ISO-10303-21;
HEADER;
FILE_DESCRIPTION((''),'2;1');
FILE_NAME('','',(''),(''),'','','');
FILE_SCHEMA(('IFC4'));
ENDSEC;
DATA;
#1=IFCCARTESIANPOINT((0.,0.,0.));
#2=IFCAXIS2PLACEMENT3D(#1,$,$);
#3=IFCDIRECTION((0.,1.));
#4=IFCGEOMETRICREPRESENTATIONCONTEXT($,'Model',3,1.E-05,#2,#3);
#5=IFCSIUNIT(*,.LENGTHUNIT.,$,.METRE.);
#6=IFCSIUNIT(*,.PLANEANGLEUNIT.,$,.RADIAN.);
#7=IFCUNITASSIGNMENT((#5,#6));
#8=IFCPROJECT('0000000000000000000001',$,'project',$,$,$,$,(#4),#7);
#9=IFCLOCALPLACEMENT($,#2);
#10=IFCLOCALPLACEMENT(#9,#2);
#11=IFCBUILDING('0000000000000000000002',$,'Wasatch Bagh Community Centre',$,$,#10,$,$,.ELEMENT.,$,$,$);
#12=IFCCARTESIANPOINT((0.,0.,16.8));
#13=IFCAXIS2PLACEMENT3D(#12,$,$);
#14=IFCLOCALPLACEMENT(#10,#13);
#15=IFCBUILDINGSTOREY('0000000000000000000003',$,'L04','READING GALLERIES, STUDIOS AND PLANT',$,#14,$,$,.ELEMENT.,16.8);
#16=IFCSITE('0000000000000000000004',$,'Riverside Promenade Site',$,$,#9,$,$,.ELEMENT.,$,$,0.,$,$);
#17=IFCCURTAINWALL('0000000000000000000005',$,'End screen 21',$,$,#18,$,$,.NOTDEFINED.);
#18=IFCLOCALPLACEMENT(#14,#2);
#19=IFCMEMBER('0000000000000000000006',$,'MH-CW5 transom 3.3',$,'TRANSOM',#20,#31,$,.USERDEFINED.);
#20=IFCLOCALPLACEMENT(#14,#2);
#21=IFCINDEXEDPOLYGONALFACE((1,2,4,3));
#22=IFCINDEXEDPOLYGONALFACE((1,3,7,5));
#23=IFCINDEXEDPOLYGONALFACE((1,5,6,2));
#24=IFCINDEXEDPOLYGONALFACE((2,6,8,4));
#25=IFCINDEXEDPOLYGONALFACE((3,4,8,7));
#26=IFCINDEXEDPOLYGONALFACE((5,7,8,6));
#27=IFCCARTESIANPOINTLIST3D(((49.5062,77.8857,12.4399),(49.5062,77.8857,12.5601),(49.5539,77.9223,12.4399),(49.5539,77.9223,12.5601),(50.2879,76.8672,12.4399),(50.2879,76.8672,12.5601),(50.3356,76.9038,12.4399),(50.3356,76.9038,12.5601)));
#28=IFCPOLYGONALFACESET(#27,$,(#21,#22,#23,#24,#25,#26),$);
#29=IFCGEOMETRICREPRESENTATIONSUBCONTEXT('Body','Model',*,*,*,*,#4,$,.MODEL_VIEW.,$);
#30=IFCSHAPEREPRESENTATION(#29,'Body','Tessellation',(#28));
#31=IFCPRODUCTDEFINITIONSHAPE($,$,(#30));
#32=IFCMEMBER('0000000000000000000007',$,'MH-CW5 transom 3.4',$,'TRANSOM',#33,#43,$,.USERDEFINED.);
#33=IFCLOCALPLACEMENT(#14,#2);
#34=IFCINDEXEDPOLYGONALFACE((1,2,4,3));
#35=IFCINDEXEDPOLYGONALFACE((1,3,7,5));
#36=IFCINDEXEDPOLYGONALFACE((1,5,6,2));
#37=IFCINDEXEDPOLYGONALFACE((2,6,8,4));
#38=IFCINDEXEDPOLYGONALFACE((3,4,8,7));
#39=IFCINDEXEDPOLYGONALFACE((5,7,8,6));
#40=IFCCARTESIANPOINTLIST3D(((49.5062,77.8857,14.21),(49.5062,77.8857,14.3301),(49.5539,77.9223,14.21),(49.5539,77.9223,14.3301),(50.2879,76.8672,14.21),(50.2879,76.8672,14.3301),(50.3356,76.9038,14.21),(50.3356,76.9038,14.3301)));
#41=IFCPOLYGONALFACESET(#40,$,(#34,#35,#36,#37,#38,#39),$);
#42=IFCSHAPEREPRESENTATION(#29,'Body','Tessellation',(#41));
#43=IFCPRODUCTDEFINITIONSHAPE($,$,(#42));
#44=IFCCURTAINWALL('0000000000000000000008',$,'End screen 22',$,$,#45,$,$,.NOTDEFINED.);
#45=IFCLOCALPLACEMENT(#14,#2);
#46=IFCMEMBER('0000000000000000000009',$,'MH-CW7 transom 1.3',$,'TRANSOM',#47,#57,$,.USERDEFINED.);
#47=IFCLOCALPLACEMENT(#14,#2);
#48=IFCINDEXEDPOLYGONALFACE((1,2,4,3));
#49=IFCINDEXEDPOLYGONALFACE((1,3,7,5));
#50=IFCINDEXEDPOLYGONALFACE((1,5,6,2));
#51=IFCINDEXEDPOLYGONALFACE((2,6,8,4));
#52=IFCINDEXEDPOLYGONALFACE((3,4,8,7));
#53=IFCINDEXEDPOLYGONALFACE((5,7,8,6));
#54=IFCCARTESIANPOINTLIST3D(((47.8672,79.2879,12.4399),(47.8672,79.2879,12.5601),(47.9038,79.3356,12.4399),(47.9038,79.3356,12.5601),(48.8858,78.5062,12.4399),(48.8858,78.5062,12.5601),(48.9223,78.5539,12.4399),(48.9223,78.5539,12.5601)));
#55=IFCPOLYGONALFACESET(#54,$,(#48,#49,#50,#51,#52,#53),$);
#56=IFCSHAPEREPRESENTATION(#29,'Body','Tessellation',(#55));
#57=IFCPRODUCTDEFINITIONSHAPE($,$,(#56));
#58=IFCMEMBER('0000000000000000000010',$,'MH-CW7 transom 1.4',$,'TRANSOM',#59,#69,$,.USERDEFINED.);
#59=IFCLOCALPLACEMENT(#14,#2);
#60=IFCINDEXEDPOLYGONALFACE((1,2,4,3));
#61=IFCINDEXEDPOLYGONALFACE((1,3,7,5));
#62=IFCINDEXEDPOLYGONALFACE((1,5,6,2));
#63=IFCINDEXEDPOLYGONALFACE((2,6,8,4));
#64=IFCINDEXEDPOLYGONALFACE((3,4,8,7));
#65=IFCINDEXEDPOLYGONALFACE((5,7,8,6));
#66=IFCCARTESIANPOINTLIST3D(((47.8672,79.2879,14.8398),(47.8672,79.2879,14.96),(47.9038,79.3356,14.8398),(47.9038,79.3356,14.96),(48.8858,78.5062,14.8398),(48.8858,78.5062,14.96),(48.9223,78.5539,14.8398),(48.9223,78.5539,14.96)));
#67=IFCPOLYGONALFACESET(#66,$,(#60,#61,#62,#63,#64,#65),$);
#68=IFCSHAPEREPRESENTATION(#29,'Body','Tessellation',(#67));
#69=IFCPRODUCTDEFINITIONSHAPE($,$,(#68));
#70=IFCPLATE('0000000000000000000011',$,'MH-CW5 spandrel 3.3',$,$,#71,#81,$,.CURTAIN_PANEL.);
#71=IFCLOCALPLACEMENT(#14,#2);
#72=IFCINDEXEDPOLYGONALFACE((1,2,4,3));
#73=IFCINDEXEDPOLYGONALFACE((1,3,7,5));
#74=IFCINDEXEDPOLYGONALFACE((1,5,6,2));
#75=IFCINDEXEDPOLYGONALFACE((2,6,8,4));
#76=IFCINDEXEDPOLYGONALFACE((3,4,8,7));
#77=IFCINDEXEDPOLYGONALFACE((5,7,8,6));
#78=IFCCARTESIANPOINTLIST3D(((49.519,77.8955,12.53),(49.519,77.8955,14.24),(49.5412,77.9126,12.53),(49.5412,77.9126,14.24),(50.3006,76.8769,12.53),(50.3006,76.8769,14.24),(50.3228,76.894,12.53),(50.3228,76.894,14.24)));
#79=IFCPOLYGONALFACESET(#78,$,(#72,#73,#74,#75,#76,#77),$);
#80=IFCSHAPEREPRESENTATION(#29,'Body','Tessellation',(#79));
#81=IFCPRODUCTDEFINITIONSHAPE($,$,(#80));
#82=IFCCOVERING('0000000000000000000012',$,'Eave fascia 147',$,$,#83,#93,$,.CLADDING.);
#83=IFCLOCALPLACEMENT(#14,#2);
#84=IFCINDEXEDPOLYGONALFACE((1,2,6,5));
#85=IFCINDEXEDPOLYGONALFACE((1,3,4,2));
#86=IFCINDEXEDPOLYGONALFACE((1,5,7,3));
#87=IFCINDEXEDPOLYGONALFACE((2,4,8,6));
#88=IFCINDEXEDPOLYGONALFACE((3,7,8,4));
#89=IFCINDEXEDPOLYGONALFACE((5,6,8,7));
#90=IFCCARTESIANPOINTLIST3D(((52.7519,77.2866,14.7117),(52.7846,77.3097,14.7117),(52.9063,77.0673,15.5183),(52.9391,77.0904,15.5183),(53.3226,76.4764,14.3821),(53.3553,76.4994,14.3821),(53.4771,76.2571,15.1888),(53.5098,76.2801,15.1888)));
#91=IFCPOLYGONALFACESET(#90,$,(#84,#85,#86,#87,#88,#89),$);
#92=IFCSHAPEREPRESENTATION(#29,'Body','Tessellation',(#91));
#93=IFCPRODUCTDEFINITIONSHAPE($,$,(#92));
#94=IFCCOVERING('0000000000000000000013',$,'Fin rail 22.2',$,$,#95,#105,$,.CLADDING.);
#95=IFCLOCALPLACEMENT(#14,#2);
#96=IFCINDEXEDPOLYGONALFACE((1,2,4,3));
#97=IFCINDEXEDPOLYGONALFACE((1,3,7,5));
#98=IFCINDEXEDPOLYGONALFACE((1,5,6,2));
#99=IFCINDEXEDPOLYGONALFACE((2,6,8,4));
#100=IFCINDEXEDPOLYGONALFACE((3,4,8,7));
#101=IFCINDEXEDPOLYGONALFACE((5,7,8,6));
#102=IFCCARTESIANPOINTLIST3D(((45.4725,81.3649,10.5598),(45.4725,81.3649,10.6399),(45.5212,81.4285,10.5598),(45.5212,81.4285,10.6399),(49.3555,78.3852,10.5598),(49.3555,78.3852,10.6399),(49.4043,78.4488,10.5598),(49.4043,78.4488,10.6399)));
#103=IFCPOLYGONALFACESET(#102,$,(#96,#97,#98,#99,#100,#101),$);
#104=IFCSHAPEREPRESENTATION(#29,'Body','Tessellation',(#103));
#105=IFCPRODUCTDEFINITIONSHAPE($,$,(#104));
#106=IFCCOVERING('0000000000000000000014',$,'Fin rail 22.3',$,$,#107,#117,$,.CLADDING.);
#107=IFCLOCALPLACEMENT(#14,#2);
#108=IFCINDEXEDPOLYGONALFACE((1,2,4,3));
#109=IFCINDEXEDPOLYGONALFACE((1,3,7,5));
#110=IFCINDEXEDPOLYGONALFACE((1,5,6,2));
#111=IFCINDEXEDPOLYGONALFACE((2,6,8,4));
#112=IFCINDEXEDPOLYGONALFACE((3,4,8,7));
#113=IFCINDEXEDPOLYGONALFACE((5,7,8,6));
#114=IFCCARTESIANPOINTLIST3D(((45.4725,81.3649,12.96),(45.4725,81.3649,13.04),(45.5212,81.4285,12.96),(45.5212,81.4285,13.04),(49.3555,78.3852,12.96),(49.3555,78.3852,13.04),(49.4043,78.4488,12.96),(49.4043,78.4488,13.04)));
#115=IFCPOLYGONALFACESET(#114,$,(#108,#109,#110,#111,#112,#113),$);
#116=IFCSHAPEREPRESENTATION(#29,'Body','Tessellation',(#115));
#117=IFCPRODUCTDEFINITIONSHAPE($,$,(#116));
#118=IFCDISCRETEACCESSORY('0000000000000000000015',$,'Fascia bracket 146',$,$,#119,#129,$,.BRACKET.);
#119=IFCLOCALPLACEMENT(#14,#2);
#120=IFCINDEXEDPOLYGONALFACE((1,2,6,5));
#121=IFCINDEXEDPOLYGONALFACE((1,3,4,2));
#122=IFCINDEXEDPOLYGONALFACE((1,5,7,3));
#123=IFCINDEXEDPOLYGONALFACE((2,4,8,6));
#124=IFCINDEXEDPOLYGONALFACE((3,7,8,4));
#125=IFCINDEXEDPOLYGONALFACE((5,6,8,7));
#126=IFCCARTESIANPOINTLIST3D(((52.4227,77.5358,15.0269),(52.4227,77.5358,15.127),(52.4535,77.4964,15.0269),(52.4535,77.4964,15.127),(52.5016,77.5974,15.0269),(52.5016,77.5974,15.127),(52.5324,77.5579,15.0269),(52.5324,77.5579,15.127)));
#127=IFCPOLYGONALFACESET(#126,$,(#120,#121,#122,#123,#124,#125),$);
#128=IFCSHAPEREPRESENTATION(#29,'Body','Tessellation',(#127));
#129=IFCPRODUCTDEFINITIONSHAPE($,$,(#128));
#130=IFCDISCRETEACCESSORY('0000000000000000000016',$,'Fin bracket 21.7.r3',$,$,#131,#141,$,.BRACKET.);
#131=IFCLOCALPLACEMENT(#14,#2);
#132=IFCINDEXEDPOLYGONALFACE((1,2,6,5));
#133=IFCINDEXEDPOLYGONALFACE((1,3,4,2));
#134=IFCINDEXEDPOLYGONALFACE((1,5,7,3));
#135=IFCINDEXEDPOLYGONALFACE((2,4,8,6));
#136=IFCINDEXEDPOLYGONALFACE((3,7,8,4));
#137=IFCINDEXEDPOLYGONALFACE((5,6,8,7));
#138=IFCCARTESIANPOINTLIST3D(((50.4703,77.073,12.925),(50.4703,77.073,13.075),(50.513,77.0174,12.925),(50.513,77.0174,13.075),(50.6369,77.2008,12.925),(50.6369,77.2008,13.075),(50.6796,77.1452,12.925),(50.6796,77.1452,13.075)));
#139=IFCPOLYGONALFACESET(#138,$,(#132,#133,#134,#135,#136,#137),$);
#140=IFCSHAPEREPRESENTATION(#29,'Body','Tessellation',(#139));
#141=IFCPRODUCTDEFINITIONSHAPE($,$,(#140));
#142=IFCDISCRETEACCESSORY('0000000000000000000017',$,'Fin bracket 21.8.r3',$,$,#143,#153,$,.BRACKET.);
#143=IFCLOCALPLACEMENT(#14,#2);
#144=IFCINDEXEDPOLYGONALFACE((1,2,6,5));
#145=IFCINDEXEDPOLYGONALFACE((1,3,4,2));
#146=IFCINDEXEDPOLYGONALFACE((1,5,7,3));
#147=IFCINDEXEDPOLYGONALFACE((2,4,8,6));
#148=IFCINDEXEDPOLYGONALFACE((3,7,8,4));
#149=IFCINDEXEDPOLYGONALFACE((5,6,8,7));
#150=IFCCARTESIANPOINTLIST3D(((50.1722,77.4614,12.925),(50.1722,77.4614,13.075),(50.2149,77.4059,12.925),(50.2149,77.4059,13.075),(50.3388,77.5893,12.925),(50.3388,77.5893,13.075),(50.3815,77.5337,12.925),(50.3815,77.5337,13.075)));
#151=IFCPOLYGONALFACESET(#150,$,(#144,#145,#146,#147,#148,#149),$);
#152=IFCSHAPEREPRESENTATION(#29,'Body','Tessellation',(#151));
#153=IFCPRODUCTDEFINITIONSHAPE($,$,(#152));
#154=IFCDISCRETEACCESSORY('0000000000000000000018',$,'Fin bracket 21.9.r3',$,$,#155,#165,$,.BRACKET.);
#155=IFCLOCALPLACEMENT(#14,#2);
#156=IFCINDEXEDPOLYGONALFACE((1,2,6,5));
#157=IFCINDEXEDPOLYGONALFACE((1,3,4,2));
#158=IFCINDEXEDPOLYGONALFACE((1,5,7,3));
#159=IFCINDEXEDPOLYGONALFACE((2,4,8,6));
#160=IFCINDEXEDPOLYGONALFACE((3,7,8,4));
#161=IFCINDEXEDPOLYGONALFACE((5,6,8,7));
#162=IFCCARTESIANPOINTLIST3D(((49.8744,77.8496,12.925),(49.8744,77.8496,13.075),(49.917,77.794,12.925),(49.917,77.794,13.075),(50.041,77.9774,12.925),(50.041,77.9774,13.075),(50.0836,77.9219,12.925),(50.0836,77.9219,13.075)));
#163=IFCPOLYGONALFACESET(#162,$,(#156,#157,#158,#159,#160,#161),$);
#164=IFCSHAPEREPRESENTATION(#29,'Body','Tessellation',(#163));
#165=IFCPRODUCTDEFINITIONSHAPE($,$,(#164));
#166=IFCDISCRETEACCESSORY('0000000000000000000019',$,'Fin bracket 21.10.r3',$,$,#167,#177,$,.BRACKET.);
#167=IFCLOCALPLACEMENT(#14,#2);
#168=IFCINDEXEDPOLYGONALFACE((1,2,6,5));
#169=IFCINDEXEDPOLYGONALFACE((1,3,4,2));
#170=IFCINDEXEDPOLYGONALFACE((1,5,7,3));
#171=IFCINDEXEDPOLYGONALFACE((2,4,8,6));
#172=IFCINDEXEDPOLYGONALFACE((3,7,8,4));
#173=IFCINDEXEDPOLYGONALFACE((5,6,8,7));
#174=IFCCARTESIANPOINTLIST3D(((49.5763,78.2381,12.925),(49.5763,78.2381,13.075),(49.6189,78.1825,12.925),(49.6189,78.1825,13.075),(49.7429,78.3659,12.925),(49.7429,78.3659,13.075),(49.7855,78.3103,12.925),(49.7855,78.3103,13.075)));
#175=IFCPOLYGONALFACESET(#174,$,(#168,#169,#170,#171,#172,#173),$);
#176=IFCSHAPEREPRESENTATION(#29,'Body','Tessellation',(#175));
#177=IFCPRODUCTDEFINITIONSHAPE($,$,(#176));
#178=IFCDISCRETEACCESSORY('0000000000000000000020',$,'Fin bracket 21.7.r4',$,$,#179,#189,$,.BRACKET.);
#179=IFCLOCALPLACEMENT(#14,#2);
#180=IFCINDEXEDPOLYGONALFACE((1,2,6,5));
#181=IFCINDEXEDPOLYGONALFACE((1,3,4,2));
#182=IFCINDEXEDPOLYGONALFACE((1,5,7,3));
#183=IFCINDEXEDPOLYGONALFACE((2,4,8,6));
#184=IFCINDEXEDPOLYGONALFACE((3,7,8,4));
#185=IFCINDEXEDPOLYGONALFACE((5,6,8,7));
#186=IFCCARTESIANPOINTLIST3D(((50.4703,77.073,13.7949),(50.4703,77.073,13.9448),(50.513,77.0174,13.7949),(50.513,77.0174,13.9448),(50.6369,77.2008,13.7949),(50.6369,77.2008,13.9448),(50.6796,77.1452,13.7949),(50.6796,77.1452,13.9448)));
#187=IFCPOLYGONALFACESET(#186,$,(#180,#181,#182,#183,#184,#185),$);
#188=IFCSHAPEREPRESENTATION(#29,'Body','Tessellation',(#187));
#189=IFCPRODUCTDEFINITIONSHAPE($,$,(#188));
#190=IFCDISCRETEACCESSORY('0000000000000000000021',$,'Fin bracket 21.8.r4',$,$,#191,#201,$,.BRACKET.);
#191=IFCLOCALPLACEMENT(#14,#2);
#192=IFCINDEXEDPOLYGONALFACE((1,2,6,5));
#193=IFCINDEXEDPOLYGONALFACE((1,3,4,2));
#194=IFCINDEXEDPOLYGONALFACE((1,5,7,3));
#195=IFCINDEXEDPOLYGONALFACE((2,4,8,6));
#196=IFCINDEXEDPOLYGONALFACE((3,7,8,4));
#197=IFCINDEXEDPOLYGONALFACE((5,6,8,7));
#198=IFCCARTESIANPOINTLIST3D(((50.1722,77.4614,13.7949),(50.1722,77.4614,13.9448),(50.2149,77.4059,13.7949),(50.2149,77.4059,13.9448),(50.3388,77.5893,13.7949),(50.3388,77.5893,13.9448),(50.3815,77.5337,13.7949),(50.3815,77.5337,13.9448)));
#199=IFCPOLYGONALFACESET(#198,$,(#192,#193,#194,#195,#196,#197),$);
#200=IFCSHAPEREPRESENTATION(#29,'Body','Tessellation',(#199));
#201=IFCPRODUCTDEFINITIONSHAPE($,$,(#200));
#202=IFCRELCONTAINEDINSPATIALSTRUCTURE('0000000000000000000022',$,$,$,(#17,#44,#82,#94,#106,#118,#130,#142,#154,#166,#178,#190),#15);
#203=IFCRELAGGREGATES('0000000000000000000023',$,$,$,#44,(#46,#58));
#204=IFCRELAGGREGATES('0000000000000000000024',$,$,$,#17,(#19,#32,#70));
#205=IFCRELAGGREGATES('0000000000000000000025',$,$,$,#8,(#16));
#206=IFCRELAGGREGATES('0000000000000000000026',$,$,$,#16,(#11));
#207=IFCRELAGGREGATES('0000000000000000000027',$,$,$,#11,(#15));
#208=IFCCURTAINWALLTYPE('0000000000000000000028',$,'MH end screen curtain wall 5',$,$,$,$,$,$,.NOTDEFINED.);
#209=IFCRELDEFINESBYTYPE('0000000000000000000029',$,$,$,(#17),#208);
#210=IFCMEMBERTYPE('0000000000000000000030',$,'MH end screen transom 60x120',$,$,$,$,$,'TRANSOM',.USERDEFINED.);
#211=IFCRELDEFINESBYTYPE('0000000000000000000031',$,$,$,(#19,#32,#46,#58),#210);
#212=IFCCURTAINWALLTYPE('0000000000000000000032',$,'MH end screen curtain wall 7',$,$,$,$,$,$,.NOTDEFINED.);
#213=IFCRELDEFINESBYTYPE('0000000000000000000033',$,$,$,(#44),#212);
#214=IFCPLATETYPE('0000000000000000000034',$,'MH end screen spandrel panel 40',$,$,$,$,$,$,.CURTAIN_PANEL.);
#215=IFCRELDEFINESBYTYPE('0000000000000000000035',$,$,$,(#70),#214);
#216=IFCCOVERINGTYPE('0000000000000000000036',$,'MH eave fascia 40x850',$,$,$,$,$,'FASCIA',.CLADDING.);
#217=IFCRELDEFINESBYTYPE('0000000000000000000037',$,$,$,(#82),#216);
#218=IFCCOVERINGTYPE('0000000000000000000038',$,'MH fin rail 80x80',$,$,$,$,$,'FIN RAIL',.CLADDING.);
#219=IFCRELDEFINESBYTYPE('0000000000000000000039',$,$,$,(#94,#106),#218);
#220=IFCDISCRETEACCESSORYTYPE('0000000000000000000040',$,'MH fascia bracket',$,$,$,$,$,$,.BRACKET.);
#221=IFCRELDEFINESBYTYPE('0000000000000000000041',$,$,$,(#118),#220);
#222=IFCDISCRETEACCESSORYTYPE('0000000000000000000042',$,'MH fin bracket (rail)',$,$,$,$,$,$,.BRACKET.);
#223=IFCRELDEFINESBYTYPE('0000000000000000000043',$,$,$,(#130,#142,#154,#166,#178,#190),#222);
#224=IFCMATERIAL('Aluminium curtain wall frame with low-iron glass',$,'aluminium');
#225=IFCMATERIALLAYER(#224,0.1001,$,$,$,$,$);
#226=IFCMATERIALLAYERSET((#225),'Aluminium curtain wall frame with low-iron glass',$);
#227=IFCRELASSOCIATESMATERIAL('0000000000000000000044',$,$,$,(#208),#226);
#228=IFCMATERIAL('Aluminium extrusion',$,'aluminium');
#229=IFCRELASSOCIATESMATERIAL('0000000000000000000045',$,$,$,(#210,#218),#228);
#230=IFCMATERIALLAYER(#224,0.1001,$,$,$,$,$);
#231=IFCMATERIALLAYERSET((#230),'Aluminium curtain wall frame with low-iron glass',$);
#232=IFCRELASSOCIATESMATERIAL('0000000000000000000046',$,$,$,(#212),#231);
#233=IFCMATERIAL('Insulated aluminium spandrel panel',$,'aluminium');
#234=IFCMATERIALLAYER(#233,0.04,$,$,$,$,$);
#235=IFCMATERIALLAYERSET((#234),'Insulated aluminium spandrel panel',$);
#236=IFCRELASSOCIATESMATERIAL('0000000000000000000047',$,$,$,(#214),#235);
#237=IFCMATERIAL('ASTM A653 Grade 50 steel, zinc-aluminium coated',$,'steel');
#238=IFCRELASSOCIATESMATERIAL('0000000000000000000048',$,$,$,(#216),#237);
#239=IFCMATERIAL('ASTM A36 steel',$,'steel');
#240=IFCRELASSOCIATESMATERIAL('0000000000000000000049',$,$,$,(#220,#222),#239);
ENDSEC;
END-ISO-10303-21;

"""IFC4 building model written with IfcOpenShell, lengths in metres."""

from ifc_helpers import new_model, si_unit, direction, frame, origin, origin_2d, place, context, subcontext, project, spatial, rectangle, extrude, material, layer, layer_set, material_profile, profile_set, type_object, element, aggregate, save


model = new_model("IFC4")

# Units and contexts
model_context = context("Model", 3, precision=1e-05, world=origin(), true_north=direction((0.0, 1.0)))
body_context = subcontext(model_context, "Body", "Model", "MODEL_VIEW")
ifc_project = project(units=[si_unit("LENGTHUNIT", "METRE"), si_unit("PLANEANGLEUNIT", "RADIAN")], contexts=[model_context])

# Site, building, storey
site_placement = place(None, origin())
site = spatial("IfcSite", under=ifc_project, at=site_placement, Name="Riverside Promenade Site", CompositionType="ELEMENT", RefElevation=0.0)
building_placement = place(site_placement, origin())
building = spatial("IfcBuilding", under=site, at=building_placement, Name="Wasatch Bagh Community Centre", CompositionType="ELEMENT")
storey_placement = place(building_placement, frame((0.0, 0.0, 16.8)))
storey = spatial("IfcBuildingStorey", under=building, at=storey_placement, Name="L04", Description="READING GALLERIES, STUDIOS AND PLANT", CompositionType="ELEMENT", Elevation=16.8)

# Curtain walls, members
ifc_material_1 = material(Name="Aluminium curtain wall frame with low-iron glass", Category="aluminium")
ifc_layer_1 = layer(ifc_material_1, 0.1001)
ifc_layer_set_1 = layer_set([ifc_layer_1], Name="Aluminium curtain wall frame with low-iron glass")
curtain_wall_type_1 = type_object("IfcCurtainWallType", Name="MH end screen curtain wall 5", PredefinedType="NOTDEFINED", material=ifc_layer_set_1)
curtain_wall_1_placement = place(storey_placement, origin())
curtain_wall_1 = element("IfcCurtainWall", 1, at=curtain_wall_1_placement, inside=storey, type_object=curtain_wall_type_1, Name="End screen 21", PredefinedType="NOTDEFINED")
ifc_material_2 = material(Name="Aluminium extrusion", Category="aluminium")
ifc_material_profile_1 = material_profile(ifc_material_2, rectangle(XDim=0.0601, YDim=0.1201, at=origin_2d()), Name="AL 60x120")
ifc_profile_set_1 = profile_set([ifc_material_profile_1], Name="Aluminium extrusion")
member_type = type_object("IfcMemberType", Name="MH end screen transom 60x120", ElementType="TRANSOM", PredefinedType="USERDEFINED", material=ifc_profile_set_1)
member_1_placement = place(storey_placement, frame((50.3118, 76.8855, 12.5), z_axis=(-0.608847, 0.793288, 0.0), x_axis=(-0.793288, -0.608847, 0.0)))
member_1 = element("IfcMember", 2, at=member_1_placement, type_object=member_type, Name="MH-CW5 transom 3.3", ObjectType="TRANSOM", PredefinedType="USERDEFINED", context=body_context, shape_type="SweptSolid", body=[
    extrude(rectangle(XDim=0.0601, YDim=0.1201, at=origin_2d()), origin(), (0.0, 0.0, 1.0), 1.2839),
])
member_2_placement = place(storey_placement, frame((50.3118, 76.8855, 14.27), z_axis=(-0.608847, 0.793288, 0.0), x_axis=(-0.793288, -0.608847, 0.0)))
member_2 = element("IfcMember", 3, at=member_2_placement, type_object=member_type, Name="MH-CW5 transom 3.4", ObjectType="TRANSOM", PredefinedType="USERDEFINED", context=body_context, shape_type="SweptSolid", body=[
    extrude(rectangle(XDim=0.0601, YDim=0.1201, at=origin_2d()), origin(), (0.0, 0.0, 1.0), 1.2839),
])
ifc_layer_2 = layer(ifc_material_1, 0.1001)
ifc_layer_set_2 = layer_set([ifc_layer_2], Name="Aluminium curtain wall frame with low-iron glass")
curtain_wall_type_2 = type_object("IfcCurtainWallType", Name="MH end screen curtain wall 7", PredefinedType="NOTDEFINED", material=ifc_layer_set_2)
curtain_wall_2_placement = place(storey_placement, origin())
curtain_wall_2 = element("IfcCurtainWall", 4, at=curtain_wall_2_placement, inside=storey, type_object=curtain_wall_type_2, Name="End screen 22", PredefinedType="NOTDEFINED")
member_3_placement = place(storey_placement, frame((48.9041, 78.53, 12.5), z_axis=(-0.793288, 0.608847, 0.0), x_axis=(-0.608847, -0.793288, 0.0)))
member_3 = element("IfcMember", 5, at=member_3_placement, type_object=member_type, Name="MH-CW7 transom 1.3", ObjectType="TRANSOM", PredefinedType="USERDEFINED", context=body_context, shape_type="SweptSolid", body=[
    extrude(rectangle(XDim=0.0601, YDim=0.1201, at=origin_2d()), origin(), (0.0, 0.0, 1.0), 1.2839),
])
member_4_placement = place(storey_placement, frame((48.9041, 78.53, 14.8999), z_axis=(-0.793288, 0.608847, 0.0), x_axis=(-0.608847, -0.793288, 0.0)))
member_4 = element("IfcMember", 6, at=member_4_placement, type_object=member_type, Name="MH-CW7 transom 1.4", ObjectType="TRANSOM", PredefinedType="USERDEFINED", context=body_context, shape_type="SweptSolid", body=[
    extrude(rectangle(XDim=0.0601, YDim=0.1201, at=origin_2d()), origin(), (0.0, 0.0, 1.0), 1.2839),
])
aggregate(curtain_wall_2, [member_3, member_4])

# Plate
ifc_material_3 = material(Name="Insulated aluminium spandrel panel", Category="aluminium")
ifc_layer_3 = layer(ifc_material_3, 0.04)
ifc_layer_set_3 = layer_set([ifc_layer_3], Name="Insulated aluminium spandrel panel")
plate_type = type_object("IfcPlateType", Name="MH end screen spandrel panel 40", PredefinedType="CURTAIN_PANEL", material=ifc_layer_set_3)
plate_placement = place(storey_placement, frame((49.9209, 77.3948, 12.53), z_axis=(0.0, 0.0, 1.0), x_axis=(-0.608761, 0.793353, 0.0)))
plate = element("IfcPlate", 7, at=plate_placement, type_object=plate_type, Name="MH-CW5 spandrel 3.3", PredefinedType="CURTAIN_PANEL", context=body_context, shape_type="SweptSolid", body=[
    extrude(rectangle(XDim=1.2839, YDim=0.0281, at=origin_2d()), origin(), (0.0, 0.0, 1.0), 1.71),
])
aggregate(curtain_wall_1, [member_1, member_2, plate])

# Coverings
ifc_material_4 = material(Name="ASTM A653 Grade 50 steel, zinc-aluminium coated", Category="steel")
ifc_material_profile_2 = material_profile(ifc_material_4, rectangle(XDim=0.04, YDim=0.8501, at=origin_2d()), Name="FASCIA 40x850")
ifc_profile_set_2 = profile_set([ifc_material_profile_2], Name="ASTM A653 Grade 50 steel, zinc-aluminium coated")
covering_type_1 = type_object("IfcCoveringType", Name="MH eave fascia 40x850", ElementType="FASCIA", PredefinedType="CLADDING", material=ifc_profile_set_2)
covering_1_placement = place(storey_placement, frame((52.8455, 77.1885, 15.115), z_axis=(0.546469, -0.775762, -0.31554), x_axis=(0.817527, 0.57589, 0.0)))
element("IfcCovering", 8, at=covering_1_placement, inside=storey, type_object=covering_type_1, Name="Eave fascia 147", PredefinedType="CLADDING", context=body_context, shape_type="SweptSolid", body=[
    extrude(rectangle(XDim=0.04, YDim=0.8501, at=origin_2d()), origin(), (0.0, 0.0, 1.0), 1.0444),
])
ifc_material_profile_3 = material_profile(ifc_material_2, rectangle(XDim=0.0801, YDim=0.0801, at=origin_2d()), Name="AL 80x80")
ifc_profile_set_3 = profile_set([ifc_material_profile_3], Name="Aluminium extrusion")
covering_type_2 = type_object("IfcCoveringType", Name="MH fin rail 80x80", ElementType="FIN RAIL", PredefinedType="CLADDING", material=ifc_profile_set_3)
for number, where, z_axis, x_axis, name in (
    (9, (49.3799, 78.417, 10.5999), (-0.793337, 0.608782, 0.0), (-0.608782, -0.793337, 0.0), "Fin rail 22.2"),
    (10, (49.3799, 78.417, 13.0), (-0.793337, 0.608782, 0.0), (-0.608782, -0.793337, 0.0), "Fin rail 22.3"),
):
    element("IfcCovering", number, at=place(storey_placement, frame(where, z_axis=z_axis, x_axis=x_axis)), inside=storey, type_object=covering_type_2, Name=name, PredefinedType="CLADDING", context=body_context, shape_type="SweptSolid", body=[
        extrude(rectangle(XDim=0.0801, YDim=0.0801, at=origin_2d()), origin(), (0.0, 0.0, 1.0), 4.8945),
    ])

# Discrete accessories
ifc_material_5 = material(Name="ASTM A36 steel", Category="steel")
discrete_accessory_type_1 = type_object("IfcDiscreteAccessoryType", Name="MH fascia bracket", PredefinedType="BRACKET", material=ifc_material_5)
discrete_accessory_1_placement = place(storey_placement, frame((52.4775, 77.5469, 15.0269), z_axis=(0.0, 0.0, 1.0), x_axis=(0.788346, 0.615232, 0.0)))
element("IfcDiscreteAccessory", 11, at=discrete_accessory_1_placement, inside=storey, type_object=discrete_accessory_type_1, Name="Fascia bracket 146", PredefinedType="BRACKET", context=body_context, shape_type="SweptSolid", body=[
    extrude(rectangle(XDim=0.1001, YDim=0.05, at=origin_2d()), origin(), (0.0, 0.0, 1.0), 0.1001),
])
discrete_accessory_type_2 = type_object("IfcDiscreteAccessoryType", Name="MH fin bracket (rail)", PredefinedType="BRACKET", material=ifc_material_5)
for number, where, z_axis, x_axis, name in (
    (12, (50.575, 77.1091, 12.925), (0.0, 0.0, 1.0), (-0.608761, 0.793353, 0.0), "Fin bracket 21.7.r3"),
    (13, (50.2769, 77.4976, 12.925), (0.0, 0.0, 1.0), (-0.608761, 0.793353, 0.0), "Fin bracket 21.8.r3"),
    (14, (49.979, 77.8857, 12.925), (0.0, 0.0, 1.0), (-0.608761, 0.793353, 0.0), "Fin bracket 21.9.r3"),
    (15, (49.6809, 78.2742, 12.925), (0.0, 0.0, 1.0), (-0.608761, 0.793353, 0.0), "Fin bracket 21.10.r3"),
    (16, (50.575, 77.1091, 13.7949), (0.0, 0.0, 1.0), (-0.608761, 0.793353, 0.0), "Fin bracket 21.7.r4"),
    (17, (50.2769, 77.4976, 13.7949), (0.0, 0.0, 1.0), (-0.608761, 0.793353, 0.0), "Fin bracket 21.8.r4"),
):
    element("IfcDiscreteAccessory", number, at=place(storey_placement, frame(where, z_axis=z_axis, x_axis=x_axis)), inside=storey, type_object=discrete_accessory_type_2, Name=name, PredefinedType="BRACKET", context=body_context, shape_type="SweptSolid", body=[
        extrude(rectangle(XDim=0.0701, YDim=0.21, at=origin_2d()), origin(), (0.0, 0.0, 1.0), 0.1499),
    ])

save(model, "model.ifc")
